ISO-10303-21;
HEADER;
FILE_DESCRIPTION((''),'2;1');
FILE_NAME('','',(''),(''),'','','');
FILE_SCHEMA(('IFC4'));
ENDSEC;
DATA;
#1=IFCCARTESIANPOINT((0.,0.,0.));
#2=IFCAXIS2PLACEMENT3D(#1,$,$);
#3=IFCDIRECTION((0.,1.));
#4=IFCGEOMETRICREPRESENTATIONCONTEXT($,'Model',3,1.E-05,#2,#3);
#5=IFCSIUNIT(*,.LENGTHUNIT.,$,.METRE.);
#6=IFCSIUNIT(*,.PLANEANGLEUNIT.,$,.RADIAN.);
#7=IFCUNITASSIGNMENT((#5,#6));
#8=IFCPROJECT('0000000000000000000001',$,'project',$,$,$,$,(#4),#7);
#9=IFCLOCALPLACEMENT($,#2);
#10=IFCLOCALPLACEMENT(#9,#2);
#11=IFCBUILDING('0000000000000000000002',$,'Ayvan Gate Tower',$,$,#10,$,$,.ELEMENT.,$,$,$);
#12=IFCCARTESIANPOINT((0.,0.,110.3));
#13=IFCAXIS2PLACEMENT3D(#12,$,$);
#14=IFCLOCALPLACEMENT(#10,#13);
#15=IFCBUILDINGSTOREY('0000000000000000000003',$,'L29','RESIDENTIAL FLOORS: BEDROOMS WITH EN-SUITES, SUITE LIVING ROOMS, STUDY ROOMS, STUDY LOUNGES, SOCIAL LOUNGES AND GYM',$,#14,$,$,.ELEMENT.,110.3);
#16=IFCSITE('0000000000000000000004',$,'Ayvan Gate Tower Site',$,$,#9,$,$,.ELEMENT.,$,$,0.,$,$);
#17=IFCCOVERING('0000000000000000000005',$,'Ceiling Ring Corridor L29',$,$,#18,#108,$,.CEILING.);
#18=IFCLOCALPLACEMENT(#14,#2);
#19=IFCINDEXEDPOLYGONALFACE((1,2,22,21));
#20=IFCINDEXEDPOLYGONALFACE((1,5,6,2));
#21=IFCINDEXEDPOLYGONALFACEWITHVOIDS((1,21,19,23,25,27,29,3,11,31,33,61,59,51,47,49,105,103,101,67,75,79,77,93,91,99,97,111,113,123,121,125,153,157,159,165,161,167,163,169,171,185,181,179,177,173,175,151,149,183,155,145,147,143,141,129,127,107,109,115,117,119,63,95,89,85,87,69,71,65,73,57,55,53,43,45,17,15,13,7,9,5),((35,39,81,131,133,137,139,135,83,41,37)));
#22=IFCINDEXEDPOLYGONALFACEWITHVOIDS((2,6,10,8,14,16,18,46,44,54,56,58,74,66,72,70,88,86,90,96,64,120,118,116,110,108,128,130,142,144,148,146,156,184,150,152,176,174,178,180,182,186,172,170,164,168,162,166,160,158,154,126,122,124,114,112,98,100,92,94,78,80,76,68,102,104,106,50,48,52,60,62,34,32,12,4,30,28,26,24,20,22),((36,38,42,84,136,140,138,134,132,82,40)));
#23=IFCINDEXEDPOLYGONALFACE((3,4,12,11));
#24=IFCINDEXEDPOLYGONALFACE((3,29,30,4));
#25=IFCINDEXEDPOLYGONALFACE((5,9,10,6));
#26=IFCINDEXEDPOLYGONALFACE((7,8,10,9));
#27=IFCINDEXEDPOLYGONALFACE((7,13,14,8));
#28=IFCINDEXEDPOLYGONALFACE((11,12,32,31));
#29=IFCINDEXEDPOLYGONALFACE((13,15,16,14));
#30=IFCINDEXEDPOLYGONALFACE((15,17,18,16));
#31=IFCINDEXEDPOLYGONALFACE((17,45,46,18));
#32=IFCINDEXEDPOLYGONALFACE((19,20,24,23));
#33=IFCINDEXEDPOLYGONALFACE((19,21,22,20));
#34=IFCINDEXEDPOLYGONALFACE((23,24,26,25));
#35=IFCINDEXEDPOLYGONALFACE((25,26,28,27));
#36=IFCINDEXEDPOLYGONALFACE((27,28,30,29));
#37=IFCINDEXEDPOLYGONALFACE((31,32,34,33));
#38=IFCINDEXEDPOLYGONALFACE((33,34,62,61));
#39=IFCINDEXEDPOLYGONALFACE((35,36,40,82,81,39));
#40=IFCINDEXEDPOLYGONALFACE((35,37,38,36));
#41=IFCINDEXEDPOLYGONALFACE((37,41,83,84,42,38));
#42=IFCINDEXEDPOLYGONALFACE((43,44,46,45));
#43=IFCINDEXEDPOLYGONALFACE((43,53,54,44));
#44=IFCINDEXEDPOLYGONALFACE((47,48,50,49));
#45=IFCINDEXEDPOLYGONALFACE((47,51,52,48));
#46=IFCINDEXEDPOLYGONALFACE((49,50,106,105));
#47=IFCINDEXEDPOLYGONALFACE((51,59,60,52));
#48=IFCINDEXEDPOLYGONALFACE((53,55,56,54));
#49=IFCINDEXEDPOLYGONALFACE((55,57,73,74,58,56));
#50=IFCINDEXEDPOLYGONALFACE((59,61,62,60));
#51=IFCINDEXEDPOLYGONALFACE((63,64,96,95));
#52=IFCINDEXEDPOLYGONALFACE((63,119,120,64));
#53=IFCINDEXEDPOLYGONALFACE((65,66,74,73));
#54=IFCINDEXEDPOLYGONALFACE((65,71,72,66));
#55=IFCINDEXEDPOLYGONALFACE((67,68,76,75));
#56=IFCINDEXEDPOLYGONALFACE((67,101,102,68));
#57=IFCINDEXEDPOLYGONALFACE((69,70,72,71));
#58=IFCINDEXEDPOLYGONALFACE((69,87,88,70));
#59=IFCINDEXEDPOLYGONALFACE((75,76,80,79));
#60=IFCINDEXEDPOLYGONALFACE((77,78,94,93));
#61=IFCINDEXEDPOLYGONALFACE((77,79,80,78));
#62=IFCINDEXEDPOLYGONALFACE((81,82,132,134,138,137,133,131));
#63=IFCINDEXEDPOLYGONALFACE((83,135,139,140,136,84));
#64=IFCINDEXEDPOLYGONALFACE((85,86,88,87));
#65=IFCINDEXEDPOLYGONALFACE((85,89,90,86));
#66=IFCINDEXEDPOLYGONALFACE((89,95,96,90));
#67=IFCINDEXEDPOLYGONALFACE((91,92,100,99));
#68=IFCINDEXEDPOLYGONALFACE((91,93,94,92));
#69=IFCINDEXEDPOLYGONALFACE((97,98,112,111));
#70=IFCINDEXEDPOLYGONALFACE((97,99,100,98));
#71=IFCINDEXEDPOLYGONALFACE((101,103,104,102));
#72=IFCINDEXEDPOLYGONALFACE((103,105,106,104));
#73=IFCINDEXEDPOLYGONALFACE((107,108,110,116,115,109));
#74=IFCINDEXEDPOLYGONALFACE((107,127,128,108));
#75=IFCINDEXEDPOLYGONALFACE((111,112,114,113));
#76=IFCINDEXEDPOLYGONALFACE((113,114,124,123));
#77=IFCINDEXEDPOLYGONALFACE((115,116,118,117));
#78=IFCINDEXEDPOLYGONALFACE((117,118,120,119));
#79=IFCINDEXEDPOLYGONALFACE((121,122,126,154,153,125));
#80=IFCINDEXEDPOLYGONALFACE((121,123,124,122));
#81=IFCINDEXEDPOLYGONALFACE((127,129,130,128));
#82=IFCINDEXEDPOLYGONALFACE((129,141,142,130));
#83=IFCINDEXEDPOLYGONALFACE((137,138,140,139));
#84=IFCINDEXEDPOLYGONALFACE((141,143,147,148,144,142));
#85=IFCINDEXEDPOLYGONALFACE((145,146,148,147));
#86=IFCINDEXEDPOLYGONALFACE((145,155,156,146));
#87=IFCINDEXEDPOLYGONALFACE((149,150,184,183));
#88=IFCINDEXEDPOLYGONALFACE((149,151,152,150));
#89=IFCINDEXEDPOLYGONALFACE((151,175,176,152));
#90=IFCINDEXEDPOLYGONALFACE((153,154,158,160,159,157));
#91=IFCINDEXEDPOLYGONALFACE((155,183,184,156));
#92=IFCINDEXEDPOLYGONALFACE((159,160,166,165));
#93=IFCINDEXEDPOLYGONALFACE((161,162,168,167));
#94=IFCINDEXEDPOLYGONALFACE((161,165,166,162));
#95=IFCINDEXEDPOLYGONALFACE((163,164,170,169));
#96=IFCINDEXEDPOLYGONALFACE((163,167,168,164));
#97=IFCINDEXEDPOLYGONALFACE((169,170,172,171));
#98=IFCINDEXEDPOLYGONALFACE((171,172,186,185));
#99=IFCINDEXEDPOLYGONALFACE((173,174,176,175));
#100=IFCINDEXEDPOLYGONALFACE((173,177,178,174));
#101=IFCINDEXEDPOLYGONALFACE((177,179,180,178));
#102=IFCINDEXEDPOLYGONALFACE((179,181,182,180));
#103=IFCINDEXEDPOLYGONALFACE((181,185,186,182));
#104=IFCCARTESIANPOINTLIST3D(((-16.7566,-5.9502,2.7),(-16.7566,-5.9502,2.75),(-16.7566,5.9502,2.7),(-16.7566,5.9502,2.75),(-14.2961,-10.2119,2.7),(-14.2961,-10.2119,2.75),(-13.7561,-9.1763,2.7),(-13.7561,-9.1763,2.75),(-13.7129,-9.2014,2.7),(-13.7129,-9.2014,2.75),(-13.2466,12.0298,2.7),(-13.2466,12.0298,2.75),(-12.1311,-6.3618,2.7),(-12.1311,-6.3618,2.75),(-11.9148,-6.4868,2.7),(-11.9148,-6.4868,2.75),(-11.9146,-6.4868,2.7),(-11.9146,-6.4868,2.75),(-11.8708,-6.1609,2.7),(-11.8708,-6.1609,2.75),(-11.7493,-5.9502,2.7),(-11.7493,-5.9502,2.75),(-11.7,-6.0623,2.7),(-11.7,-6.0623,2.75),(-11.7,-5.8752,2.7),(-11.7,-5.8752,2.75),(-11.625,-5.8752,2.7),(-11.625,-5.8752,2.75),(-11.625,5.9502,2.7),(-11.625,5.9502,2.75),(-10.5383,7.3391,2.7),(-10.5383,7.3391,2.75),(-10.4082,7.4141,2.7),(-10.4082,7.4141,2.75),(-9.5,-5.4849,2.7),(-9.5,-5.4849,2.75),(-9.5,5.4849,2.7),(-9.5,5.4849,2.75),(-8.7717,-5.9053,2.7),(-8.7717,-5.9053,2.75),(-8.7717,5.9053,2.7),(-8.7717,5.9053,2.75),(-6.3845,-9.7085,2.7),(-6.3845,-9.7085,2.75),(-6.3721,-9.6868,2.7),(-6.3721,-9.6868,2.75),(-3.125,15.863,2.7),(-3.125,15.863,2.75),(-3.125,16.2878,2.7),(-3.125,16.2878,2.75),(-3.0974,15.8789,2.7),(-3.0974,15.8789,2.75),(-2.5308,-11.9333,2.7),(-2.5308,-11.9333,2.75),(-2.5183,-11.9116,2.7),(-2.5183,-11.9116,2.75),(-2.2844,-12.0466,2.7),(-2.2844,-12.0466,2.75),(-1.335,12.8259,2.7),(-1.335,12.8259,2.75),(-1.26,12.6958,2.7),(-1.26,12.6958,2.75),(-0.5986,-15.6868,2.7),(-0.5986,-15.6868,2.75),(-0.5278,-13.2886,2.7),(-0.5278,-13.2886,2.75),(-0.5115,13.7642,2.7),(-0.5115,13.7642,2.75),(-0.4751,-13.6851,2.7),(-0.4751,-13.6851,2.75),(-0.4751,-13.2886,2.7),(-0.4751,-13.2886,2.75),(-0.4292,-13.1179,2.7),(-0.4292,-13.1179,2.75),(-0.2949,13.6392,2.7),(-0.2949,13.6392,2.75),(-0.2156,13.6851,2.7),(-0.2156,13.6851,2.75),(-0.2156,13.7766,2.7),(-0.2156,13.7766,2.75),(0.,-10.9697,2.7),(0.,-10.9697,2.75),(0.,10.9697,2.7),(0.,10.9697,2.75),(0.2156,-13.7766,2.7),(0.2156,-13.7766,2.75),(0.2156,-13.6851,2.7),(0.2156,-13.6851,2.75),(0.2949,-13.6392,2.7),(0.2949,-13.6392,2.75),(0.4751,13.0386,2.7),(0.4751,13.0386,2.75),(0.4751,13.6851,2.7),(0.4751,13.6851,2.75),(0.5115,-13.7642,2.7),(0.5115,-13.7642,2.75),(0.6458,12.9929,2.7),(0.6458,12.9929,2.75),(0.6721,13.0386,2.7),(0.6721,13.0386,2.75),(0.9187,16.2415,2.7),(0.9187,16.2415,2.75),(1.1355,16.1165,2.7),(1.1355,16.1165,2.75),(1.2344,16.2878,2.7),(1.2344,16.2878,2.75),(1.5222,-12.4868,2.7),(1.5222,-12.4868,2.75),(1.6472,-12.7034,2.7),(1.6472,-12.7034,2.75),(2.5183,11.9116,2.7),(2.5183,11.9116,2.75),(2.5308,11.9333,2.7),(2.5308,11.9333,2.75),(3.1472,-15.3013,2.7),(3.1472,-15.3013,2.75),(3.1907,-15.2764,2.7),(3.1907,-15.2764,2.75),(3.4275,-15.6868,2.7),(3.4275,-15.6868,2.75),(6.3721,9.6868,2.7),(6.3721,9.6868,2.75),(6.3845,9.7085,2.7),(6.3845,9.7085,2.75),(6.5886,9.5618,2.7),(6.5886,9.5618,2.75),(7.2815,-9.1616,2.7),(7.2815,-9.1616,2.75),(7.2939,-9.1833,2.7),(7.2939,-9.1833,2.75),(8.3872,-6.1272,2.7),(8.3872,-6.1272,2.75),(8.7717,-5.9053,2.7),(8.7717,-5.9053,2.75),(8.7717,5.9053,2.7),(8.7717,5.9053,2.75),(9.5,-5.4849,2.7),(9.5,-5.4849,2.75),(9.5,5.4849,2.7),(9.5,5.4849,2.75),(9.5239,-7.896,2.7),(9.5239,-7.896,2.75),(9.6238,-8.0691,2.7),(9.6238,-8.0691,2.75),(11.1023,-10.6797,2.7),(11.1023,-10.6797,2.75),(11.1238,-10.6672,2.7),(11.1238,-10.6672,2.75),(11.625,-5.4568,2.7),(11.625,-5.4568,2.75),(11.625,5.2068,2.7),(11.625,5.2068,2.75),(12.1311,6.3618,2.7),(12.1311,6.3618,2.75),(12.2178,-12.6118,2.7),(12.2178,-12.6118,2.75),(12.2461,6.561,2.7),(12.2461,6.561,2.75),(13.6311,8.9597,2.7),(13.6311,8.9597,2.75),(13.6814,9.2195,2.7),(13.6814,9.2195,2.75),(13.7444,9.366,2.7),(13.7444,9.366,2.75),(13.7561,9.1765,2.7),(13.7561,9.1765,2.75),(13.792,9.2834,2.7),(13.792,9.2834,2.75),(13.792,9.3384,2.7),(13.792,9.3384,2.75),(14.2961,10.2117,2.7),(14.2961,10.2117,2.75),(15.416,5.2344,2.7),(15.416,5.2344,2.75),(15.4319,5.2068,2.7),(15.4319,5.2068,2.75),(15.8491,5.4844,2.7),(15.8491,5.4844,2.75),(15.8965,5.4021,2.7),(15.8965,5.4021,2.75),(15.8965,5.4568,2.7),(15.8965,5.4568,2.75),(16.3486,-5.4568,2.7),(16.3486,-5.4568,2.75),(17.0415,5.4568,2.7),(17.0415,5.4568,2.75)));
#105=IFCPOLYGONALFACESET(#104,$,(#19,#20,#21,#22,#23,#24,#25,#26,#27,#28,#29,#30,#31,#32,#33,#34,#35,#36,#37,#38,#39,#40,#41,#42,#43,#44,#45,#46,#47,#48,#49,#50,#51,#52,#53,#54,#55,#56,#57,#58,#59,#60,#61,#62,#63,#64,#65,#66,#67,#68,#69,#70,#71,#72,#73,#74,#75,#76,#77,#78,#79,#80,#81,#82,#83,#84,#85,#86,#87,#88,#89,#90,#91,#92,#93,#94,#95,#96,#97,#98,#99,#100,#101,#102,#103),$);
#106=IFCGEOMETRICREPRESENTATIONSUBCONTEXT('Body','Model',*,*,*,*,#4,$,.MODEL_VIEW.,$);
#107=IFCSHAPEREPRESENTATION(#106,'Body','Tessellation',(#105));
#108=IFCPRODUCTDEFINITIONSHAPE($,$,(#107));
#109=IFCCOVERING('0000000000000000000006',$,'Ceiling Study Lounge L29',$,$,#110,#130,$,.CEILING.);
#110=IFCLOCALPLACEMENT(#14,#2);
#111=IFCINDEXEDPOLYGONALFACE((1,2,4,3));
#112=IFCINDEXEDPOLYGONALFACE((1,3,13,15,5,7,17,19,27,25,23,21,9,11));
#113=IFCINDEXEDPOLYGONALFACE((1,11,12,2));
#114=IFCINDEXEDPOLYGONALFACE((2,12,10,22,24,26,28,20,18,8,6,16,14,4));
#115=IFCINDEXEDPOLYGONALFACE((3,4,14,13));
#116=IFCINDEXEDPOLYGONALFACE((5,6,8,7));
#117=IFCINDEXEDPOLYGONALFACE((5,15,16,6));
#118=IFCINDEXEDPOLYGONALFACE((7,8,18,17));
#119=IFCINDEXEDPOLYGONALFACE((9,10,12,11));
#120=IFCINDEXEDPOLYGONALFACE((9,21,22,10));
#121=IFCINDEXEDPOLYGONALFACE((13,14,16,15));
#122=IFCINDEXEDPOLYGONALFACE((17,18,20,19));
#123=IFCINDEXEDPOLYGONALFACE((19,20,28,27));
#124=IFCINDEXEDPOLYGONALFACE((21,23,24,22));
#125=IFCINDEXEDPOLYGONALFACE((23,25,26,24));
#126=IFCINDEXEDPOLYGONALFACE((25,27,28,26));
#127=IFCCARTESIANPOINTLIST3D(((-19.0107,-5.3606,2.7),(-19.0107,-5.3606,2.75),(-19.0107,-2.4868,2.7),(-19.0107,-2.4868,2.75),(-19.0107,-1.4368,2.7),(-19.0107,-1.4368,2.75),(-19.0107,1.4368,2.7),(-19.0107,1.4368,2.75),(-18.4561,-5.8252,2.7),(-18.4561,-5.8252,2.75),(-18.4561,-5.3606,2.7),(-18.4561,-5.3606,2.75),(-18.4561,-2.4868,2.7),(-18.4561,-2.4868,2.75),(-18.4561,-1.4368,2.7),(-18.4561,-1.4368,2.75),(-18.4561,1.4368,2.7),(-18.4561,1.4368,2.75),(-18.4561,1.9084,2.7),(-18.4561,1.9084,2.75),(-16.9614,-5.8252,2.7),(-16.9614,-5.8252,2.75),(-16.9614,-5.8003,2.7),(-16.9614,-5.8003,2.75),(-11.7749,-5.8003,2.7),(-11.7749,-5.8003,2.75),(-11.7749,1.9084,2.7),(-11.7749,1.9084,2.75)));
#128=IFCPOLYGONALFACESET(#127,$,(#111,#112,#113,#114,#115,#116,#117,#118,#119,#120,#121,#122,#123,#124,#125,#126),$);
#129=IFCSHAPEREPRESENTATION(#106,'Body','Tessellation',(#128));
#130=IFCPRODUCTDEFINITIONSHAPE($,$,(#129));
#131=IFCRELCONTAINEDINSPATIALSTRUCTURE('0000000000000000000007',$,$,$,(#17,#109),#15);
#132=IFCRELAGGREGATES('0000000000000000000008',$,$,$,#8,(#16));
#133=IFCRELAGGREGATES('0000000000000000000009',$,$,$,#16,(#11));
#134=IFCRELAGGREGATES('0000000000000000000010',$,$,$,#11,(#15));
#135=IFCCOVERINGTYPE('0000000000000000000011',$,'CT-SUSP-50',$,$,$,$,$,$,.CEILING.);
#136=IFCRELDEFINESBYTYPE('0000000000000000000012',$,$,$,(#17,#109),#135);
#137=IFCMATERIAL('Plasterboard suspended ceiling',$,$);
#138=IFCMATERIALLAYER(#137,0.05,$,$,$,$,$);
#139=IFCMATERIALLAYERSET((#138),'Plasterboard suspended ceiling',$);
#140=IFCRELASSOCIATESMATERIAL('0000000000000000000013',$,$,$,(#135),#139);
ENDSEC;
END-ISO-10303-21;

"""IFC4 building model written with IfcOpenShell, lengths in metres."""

from ifc_helpers import new_model, si_unit, direction, frame, origin, place, context, subcontext, project, spatial, polyline, outline, extrude, material, layer, layer_set, type_object, element, save


model = new_model("IFC4")

# Units and contexts
model_context = context("Model", 3, precision=1e-05, world=origin(), true_north=direction((0.0, 1.0)))
body_context = subcontext(model_context, "Body", "Model", "MODEL_VIEW")
ifc_project = project(units=[si_unit("LENGTHUNIT", "METRE"), si_unit("PLANEANGLEUNIT", "RADIAN")], contexts=[model_context])

# Site, building, storey
site_placement = place(None, origin())
site = spatial("IfcSite", under=ifc_project, at=site_placement, Name="Ayvan Gate Tower Site", CompositionType="ELEMENT", RefElevation=0.0)
building_placement = place(site_placement, origin())
building = spatial("IfcBuilding", under=site, at=building_placement, Name="Ayvan Gate Tower", CompositionType="ELEMENT")
storey_placement = place(building_placement, frame((0.0, 0.0, 110.3)))
storey = spatial("IfcBuildingStorey", under=building, at=storey_placement, Name="L29", Description="RESIDENTIAL FLOORS: BEDROOMS WITH EN-SUITES, SUITE LIVING ROOMS, STUDY ROOMS, STUDY LOUNGES, SOCIAL LOUNGES AND GYM", CompositionType="ELEMENT", Elevation=110.3)

# Coverings
ifc_material_1 = material(Name="Plasterboard suspended ceiling")
ifc_layer_1 = layer(ifc_material_1, 0.05)
ifc_layer_set_1 = layer_set([ifc_layer_1], Name="Plasterboard suspended ceiling")
covering_type = type_object("IfcCoveringType", Name="CT-SUSP-50", PredefinedType="CEILING", material=ifc_layer_set_1)
covering_1_placement = place(storey_placement, frame((0.0, 0.0, 2.7)))
element("IfcCovering", 1, at=covering_1_placement, inside=storey, type_object=covering_type, Name="Ceiling Ring Corridor L29", PredefinedType="CEILING", context=body_context, shape_type="SweptSolid", body=[
    extrude(outline(polyline([(-11.9148, -6.4868), (-12.1311, -6.3618), (-13.7561, -9.1763), (-13.7129, -9.2014), (-14.2961, -10.2119), (-16.7566, -5.9502), (-11.7493, -5.9502), (-11.8708, -6.1609), (-11.7, -6.0623), (-11.7, -5.8752), (-11.625, -5.8752), (-11.625, 5.9502), (-16.7566, 5.9502), (-13.2466, 12.0298), (-10.5383, 7.3391), (-10.4082, 7.4141), (-1.26, 12.6958), (-1.335, 12.8259), (-3.0974, 15.8789), (-3.125, 15.863), (-3.125, 16.2878), (1.2344, 16.2878), (1.1355, 16.1165), (0.9187, 16.2415), (-0.5115, 13.7642), (-0.2949, 13.6392), (-0.2156, 13.7766), (-0.2156, 13.6851), (0.4751, 13.6851), (0.4751, 13.0386), (0.6721, 13.0386), (0.6458, 12.9929), (2.5183, 11.9116), (2.5308, 11.9333), (6.3845, 9.7085), (6.3721, 9.6868), (6.5886, 9.5618), (12.1311, 6.3618), (12.2461, 6.561), (13.6311, 8.9597), (13.7561, 9.1765), (13.6814, 9.2195), (13.792, 9.2834), (13.7444, 9.366), (13.792, 9.3384), (14.2961, 10.2117), (17.0415, 5.4568), (15.8965, 5.4568), (15.8965, 5.4021), (15.8491, 5.4844), (15.416, 5.2344), (15.4319, 5.2068), (11.625, 5.2068), (11.625, -5.4568), (16.3486, -5.4568), (12.2178, -12.6118), (11.1023, -10.6797), (11.1238, -10.6672), (9.6238, -8.0691), (9.5239, -7.896), (7.2939, -9.1833), (7.2815, -9.1616), (1.5222, -12.4868), (1.6472, -12.7034), (3.1472, -15.3013), (3.1907, -15.2764), (3.4275, -15.6868), (-0.5986, -15.6868), (0.5115, -13.7642), (0.2949, -13.6392), (0.2156, -13.7766), (0.2156, -13.6851), (-0.4751, -13.6851), (-0.4751, -13.2886), (-0.5278, -13.2886), (-0.4292, -13.1179), (-2.2844, -12.0466), (-2.5183, -11.9116), (-2.5308, -11.9333), (-6.3845, -9.7085), (-6.3721, -9.6868), (-11.9146, -6.4868), (-11.9148, -6.4868)]), holes=[polyline([(9.5, 5.4849), (8.7717, 5.9053), (0.0, 10.9697), (-8.7717, 5.9053), (-9.5, 5.4849), (-9.5, -5.4849), (-8.7717, -5.9053), (0.0, -10.9697), (8.3872, -6.1272), (8.7717, -5.9053), (9.5, -5.4849), (9.5, 5.4849)])]), origin(), (0.0, 0.0, 1.0), 0.05),
])
covering_2_placement = place(storey_placement, frame((0.0, 0.0, 2.7)))
element("IfcCovering", 2, at=covering_2_placement, inside=storey, type_object=covering_type, Name="Ceiling Study Lounge L29", PredefinedType="CEILING", context=body_context, shape_type="SweptSolid", body=[
    extrude(outline(polyline([(-18.4561, 1.4368), (-18.4561, 1.9084), (-11.7749, 1.9084), (-11.7749, -5.8003), (-16.9614, -5.8003), (-16.9614, -5.8252), (-18.4561, -5.8252), (-18.4561, -5.3606), (-19.0107, -5.3606), (-19.0107, -2.4868), (-18.4561, -2.4868), (-18.4561, -1.4368), (-19.0107, -1.4368), (-19.0107, 1.4368), (-18.4561, 1.4368)])), origin(), (0.0, 0.0, 1.0), 0.05),
])

save(model, "model.ifc")
